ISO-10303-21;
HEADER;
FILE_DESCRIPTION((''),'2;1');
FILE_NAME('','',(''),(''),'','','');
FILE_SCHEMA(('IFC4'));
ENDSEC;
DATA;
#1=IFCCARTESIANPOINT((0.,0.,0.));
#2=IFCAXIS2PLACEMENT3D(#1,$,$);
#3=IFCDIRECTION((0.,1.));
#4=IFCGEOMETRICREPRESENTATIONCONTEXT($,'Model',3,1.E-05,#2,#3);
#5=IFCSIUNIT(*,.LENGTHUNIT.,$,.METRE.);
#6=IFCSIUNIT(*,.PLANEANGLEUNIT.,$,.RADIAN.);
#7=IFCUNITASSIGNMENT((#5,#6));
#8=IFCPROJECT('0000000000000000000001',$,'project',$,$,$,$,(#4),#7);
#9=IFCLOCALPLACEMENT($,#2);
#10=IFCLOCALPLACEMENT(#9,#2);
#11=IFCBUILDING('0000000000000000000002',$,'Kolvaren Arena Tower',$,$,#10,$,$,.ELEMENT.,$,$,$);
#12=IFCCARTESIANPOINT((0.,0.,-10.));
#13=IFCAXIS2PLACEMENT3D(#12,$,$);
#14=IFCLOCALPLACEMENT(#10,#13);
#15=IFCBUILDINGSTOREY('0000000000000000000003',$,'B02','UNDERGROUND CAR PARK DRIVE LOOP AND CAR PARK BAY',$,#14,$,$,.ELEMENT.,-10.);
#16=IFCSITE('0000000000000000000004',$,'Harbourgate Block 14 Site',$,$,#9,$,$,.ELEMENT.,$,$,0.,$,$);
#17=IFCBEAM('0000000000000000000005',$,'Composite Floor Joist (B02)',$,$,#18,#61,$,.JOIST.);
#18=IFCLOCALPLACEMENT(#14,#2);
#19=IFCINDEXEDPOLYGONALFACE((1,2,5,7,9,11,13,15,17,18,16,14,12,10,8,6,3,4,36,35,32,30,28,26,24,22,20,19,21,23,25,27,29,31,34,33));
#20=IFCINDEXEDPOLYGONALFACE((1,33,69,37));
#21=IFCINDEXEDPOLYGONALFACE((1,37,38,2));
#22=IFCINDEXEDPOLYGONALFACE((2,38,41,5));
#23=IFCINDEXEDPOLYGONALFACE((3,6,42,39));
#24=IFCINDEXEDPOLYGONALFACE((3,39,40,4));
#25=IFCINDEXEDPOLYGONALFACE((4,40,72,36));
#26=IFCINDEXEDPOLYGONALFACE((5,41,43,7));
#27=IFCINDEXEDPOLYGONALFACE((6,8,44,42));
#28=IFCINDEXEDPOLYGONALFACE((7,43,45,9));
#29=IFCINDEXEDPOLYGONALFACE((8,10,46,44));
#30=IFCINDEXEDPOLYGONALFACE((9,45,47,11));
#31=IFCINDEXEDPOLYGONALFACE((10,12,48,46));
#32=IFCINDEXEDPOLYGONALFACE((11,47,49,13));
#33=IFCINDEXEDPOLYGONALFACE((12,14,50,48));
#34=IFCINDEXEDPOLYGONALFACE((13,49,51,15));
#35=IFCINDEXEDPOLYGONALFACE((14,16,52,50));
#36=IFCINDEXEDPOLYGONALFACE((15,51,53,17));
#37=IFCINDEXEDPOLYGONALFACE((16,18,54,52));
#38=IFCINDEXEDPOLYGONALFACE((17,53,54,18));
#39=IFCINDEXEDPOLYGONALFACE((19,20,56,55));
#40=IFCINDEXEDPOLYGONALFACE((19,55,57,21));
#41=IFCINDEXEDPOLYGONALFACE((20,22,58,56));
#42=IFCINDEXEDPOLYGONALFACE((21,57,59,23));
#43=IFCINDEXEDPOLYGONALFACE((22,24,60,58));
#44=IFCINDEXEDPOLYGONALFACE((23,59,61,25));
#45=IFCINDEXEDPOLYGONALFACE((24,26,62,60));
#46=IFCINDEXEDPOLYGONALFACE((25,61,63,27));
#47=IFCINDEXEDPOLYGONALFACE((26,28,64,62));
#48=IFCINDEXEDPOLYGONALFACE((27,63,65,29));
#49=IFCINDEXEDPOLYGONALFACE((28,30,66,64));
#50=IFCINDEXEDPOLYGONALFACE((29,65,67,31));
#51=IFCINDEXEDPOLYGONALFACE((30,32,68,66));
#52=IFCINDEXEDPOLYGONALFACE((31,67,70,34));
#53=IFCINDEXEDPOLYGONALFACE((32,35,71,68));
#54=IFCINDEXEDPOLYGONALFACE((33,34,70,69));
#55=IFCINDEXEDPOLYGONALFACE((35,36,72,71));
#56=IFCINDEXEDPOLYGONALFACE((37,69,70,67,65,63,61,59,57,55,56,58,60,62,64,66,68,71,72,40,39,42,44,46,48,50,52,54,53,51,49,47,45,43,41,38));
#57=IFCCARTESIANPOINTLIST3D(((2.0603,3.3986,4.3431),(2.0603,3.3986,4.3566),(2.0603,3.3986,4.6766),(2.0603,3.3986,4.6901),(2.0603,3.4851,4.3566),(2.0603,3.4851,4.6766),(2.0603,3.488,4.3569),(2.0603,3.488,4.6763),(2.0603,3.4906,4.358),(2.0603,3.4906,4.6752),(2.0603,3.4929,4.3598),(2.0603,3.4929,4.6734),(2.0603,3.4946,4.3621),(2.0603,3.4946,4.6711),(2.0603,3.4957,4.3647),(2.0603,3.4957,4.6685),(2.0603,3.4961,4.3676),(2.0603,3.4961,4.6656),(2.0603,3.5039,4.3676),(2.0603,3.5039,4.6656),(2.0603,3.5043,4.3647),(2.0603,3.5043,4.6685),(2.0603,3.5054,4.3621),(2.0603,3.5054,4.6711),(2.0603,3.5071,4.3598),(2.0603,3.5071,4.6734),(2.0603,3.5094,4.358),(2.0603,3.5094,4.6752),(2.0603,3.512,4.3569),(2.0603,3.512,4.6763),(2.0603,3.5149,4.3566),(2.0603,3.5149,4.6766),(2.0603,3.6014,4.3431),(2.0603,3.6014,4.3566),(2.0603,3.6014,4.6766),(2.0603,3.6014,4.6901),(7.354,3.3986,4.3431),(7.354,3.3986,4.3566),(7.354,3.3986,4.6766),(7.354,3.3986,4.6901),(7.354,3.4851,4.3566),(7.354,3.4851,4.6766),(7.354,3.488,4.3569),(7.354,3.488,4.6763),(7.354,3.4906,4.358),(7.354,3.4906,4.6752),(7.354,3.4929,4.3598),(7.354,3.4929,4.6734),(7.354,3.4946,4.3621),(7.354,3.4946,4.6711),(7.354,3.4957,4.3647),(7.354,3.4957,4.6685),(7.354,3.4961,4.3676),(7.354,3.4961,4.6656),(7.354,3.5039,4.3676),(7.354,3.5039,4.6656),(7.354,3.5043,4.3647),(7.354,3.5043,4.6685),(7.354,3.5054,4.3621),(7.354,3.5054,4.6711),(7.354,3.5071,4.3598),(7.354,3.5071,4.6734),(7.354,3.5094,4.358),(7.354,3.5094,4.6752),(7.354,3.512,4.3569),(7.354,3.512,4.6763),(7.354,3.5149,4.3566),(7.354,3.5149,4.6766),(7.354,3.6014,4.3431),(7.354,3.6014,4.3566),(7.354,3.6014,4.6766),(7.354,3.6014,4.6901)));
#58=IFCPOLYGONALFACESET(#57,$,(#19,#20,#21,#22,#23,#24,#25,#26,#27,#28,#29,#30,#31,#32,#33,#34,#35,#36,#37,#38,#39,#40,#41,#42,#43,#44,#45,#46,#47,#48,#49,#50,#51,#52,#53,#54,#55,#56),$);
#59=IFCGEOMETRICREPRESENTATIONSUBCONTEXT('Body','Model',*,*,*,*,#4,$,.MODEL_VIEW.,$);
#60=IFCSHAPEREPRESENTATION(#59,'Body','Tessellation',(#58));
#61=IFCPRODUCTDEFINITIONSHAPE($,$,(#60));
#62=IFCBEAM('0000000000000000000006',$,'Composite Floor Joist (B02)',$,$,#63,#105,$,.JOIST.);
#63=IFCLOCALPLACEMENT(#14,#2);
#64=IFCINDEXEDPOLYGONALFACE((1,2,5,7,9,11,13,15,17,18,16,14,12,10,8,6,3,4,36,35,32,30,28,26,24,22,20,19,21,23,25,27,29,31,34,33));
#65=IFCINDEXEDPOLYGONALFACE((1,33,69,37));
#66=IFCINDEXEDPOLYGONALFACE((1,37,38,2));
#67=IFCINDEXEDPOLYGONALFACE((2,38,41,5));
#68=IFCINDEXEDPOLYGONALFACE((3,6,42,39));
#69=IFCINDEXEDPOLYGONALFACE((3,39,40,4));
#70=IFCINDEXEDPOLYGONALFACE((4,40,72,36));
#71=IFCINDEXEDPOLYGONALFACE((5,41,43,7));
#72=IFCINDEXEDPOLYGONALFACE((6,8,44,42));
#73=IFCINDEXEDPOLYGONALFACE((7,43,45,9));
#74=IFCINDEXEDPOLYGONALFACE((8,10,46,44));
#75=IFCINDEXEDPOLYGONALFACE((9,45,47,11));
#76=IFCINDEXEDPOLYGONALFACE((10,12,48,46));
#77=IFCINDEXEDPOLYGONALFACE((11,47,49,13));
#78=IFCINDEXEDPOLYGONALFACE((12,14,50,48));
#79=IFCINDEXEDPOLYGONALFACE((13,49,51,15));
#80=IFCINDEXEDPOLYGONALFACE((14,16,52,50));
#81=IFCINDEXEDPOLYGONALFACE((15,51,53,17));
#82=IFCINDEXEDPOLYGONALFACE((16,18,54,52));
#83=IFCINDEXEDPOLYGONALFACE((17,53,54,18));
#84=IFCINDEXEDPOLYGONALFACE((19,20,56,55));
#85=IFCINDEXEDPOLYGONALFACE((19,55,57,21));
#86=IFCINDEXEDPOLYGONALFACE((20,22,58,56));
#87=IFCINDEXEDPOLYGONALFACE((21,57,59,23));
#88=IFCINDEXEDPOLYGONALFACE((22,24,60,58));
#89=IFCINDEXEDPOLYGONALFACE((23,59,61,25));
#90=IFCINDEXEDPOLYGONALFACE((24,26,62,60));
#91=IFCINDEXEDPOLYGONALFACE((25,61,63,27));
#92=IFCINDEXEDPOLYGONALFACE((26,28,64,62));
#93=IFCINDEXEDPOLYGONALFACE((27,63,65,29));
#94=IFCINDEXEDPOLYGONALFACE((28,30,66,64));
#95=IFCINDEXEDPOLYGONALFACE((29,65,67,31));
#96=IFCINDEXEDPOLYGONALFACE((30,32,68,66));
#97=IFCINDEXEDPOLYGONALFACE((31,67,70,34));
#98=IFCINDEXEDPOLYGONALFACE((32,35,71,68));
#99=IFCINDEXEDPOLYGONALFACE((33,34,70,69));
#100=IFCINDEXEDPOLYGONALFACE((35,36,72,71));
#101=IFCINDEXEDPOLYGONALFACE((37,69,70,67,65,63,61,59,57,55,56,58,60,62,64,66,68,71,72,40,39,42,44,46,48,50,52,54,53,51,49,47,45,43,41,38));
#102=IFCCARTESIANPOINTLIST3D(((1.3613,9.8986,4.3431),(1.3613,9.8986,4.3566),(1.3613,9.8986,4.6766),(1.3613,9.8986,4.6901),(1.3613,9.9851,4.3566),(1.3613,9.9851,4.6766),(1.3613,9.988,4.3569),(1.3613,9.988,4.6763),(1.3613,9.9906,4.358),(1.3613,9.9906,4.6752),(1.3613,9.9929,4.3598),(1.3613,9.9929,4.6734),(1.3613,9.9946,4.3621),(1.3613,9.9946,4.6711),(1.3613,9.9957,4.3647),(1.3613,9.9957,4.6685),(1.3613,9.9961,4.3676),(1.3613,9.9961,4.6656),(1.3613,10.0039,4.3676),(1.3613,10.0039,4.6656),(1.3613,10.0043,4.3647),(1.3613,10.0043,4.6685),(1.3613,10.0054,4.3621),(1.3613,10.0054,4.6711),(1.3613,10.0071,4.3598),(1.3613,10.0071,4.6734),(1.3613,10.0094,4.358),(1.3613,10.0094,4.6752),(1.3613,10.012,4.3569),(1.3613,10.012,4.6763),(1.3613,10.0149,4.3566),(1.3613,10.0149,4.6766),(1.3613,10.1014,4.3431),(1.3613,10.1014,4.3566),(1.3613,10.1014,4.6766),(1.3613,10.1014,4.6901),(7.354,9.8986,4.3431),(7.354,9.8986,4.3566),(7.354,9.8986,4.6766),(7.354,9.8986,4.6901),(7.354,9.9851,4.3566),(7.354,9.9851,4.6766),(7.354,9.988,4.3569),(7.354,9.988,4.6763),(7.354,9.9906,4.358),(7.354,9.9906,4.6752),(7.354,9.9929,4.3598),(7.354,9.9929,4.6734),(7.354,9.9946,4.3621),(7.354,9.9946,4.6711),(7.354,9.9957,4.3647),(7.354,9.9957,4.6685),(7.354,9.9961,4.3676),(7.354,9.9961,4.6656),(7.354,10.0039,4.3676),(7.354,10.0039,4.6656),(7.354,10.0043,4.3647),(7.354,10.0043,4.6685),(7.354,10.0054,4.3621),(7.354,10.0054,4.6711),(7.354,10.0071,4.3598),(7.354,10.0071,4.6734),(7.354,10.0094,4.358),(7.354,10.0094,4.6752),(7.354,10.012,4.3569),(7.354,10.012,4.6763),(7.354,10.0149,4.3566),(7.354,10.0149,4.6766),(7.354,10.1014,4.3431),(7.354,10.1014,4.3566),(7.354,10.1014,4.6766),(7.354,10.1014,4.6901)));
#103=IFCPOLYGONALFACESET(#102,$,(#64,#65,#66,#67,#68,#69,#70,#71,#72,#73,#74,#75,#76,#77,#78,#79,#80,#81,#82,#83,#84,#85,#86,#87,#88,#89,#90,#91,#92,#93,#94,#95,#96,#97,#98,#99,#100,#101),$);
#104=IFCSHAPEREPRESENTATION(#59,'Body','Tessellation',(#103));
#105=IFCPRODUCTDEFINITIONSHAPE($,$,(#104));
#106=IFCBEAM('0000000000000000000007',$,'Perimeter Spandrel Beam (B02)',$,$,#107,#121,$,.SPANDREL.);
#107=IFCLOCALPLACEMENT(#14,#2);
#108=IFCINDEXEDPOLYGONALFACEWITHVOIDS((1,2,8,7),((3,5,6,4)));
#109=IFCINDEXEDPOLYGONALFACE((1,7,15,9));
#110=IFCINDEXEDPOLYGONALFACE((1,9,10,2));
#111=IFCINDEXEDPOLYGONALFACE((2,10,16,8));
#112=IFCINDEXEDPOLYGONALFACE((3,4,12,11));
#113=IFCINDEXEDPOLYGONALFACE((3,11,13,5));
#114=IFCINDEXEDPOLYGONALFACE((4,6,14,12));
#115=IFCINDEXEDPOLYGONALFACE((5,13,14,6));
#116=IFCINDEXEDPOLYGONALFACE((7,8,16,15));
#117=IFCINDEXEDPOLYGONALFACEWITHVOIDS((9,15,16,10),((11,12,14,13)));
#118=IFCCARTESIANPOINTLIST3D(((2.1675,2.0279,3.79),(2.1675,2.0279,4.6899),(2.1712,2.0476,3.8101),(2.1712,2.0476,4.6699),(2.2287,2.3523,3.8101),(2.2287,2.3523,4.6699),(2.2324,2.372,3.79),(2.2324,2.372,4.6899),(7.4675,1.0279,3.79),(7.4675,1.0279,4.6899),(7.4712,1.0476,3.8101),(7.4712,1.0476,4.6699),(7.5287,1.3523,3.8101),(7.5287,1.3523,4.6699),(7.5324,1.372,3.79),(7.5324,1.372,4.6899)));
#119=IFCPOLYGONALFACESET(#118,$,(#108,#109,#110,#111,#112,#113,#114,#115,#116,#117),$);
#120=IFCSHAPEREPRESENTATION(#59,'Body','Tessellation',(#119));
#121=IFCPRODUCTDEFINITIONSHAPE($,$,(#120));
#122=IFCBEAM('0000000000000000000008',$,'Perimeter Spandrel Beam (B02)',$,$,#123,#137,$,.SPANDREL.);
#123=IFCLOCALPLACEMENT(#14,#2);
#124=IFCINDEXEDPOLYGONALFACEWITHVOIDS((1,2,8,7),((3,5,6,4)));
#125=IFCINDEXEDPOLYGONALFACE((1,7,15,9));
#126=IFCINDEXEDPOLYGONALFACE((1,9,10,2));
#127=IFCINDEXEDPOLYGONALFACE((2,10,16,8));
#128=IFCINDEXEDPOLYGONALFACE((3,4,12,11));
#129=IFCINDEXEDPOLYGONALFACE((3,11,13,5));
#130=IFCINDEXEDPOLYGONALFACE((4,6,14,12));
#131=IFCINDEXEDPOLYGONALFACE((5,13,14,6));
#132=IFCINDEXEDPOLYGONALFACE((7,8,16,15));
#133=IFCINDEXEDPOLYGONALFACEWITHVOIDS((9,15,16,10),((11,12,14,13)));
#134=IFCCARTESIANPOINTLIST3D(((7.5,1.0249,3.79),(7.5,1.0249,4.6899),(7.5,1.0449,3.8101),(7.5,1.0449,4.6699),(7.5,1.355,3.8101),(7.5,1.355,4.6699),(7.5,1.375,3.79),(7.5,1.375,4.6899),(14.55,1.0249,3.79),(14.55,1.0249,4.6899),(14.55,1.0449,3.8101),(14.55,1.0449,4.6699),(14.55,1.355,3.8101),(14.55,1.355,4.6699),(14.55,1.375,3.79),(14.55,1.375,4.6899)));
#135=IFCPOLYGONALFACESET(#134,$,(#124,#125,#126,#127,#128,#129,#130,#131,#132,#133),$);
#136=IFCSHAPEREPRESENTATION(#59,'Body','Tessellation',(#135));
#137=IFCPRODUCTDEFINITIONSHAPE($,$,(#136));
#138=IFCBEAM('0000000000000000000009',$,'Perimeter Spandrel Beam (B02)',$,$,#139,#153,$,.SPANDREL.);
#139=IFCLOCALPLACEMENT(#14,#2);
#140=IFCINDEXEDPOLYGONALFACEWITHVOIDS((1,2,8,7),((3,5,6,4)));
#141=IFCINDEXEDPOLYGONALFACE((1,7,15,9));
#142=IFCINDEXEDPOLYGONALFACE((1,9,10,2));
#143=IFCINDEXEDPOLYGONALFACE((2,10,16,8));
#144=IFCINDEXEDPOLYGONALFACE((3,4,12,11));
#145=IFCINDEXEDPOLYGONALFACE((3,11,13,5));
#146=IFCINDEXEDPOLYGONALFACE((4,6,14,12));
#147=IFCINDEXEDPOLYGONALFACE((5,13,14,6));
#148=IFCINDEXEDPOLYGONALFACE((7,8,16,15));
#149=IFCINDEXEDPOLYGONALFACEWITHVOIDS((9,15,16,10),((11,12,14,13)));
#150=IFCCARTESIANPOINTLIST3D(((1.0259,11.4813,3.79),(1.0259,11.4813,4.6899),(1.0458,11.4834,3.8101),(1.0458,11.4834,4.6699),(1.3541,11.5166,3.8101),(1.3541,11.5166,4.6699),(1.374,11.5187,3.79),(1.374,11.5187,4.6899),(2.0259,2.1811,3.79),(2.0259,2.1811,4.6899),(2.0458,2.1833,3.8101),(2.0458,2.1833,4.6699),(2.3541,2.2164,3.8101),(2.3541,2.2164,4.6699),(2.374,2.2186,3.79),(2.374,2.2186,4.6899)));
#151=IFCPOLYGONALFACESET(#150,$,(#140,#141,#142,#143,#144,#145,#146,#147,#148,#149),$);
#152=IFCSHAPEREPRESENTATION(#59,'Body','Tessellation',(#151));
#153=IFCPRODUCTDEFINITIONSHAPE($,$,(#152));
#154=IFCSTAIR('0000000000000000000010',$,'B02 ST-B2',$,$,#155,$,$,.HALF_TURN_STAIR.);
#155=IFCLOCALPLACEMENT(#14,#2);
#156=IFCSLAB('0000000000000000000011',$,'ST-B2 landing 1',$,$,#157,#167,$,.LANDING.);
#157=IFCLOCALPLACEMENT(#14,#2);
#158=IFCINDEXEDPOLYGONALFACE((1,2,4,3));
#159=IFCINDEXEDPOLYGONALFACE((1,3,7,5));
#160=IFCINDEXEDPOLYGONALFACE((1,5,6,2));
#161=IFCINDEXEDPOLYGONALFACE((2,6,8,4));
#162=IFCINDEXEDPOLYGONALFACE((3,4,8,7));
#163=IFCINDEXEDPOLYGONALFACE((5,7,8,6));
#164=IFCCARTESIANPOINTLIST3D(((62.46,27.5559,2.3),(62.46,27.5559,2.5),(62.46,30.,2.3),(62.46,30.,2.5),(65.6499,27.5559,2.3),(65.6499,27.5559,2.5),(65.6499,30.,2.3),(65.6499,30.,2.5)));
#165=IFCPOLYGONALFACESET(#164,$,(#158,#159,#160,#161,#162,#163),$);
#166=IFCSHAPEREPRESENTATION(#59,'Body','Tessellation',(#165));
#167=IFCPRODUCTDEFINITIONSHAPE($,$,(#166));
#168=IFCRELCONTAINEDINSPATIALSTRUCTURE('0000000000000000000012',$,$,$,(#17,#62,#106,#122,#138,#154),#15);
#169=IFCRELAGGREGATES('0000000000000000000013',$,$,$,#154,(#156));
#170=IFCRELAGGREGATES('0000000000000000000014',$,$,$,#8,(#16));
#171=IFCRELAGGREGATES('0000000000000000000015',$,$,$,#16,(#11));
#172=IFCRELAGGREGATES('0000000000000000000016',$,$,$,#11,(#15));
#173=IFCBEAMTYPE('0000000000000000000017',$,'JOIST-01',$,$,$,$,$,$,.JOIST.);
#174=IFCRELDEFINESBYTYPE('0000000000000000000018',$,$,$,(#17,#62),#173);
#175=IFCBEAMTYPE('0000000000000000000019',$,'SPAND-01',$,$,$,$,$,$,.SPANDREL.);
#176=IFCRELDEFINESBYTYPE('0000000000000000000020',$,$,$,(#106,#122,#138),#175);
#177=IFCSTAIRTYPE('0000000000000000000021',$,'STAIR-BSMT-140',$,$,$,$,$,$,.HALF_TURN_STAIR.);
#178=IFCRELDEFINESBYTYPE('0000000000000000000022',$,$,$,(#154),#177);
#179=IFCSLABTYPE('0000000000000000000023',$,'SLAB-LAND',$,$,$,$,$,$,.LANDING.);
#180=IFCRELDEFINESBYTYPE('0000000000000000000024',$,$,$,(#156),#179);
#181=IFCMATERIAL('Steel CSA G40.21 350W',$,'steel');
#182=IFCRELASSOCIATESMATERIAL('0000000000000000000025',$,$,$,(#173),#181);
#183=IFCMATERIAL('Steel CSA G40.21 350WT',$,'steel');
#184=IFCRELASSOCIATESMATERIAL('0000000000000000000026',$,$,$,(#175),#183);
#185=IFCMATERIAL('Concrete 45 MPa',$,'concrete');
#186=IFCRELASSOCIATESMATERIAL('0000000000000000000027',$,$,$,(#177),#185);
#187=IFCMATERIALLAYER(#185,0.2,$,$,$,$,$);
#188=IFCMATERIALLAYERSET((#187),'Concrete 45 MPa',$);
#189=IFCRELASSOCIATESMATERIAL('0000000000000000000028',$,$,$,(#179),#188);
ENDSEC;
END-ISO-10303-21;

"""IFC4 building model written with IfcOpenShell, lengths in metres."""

from ifc_helpers import new_model, si_unit, direction, frame, origin, origin_2d, place, context, subcontext, project, spatial, polyline, hollow_rectangle, i_section, outline, extrude, material, layer, layer_set, material_profile, profile_set, type_object, element, aggregate, save


model = new_model("IFC4")

# Units and contexts
model_context = context("Model", 3, precision=1e-05, world=origin(), true_north=direction((0.0, 1.0)))
body_context = subcontext(model_context, "Body", "Model", "MODEL_VIEW")
ifc_project = project(units=[si_unit("LENGTHUNIT", "METRE"), si_unit("PLANEANGLEUNIT", "RADIAN")], contexts=[model_context])

# Site, building, storey
site_placement = place(None, origin())
site = spatial("IfcSite", under=ifc_project, at=site_placement, Name="Harbourgate Block 14 Site", CompositionType="ELEMENT", RefElevation=0.0)
building_placement = place(site_placement, origin())
building = spatial("IfcBuilding", under=site, at=building_placement, Name="Kolvaren Arena Tower", CompositionType="ELEMENT")
storey_placement = place(building_placement, frame((0.0, 0.0, -10.0)))
storey = spatial("IfcBuildingStorey", under=building, at=storey_placement, Name="B02", Description="UNDERGROUND CAR PARK DRIVE LOOP AND CAR PARK BAY", CompositionType="ELEMENT", Elevation=-10.0)

# Beams
ifc_material_1 = material(Name="Steel CSA G40.21 350W", Category="steel")
ifc_material_profile_1 = material_profile(ifc_material_1, i_section(OverallWidth=0.2029, OverallDepth=0.3469, WebThickness=0.0078, FlangeThickness=0.0134, FilletRadius=0.011, at=origin_2d()), Name="W360x64")
ifc_profile_set_1 = profile_set([ifc_material_profile_1], Name="Steel CSA G40.21 350W")
beam_type_1 = type_object("IfcBeamType", Name="JOIST-01", PredefinedType="JOIST", material=ifc_profile_set_1)
beam_1_placement = place(storey_placement, frame((2.0603, 3.5, 4.5166), z_axis=(1.0, 0.0, 0.0), x_axis=(0.0, 1.0, 0.0)))
element("IfcBeam", 1, at=beam_1_placement, inside=storey, type_object=beam_type_1, Name="Composite Floor Joist (B02)", PredefinedType="JOIST", context=body_context, shape_type="SweptSolid", body=[
    extrude(i_section(OverallWidth=0.2029, OverallDepth=0.3469, WebThickness=0.0078, FlangeThickness=0.0134, FilletRadius=0.011, at=origin_2d()), origin(), (0.0, 0.0, 1.0), 5.2937),
])
beam_2_placement = place(storey_placement, frame((1.3613, 10.0, 4.5166), z_axis=(1.0, 0.0, 0.0), x_axis=(0.0, 1.0, 0.0)))
element("IfcBeam", 2, at=beam_2_placement, inside=storey, type_object=beam_type_1, Name="Composite Floor Joist (B02)", PredefinedType="JOIST", context=body_context, shape_type="SweptSolid", body=[
    extrude(i_section(OverallWidth=0.2029, OverallDepth=0.3469, WebThickness=0.0078, FlangeThickness=0.0134, FilletRadius=0.011, at=origin_2d()), origin(), (0.0, 0.0, 1.0), 5.9927),
])
ifc_material_2 = material(Name="Steel CSA G40.21 350WT", Category="steel")
ifc_material_profile_2 = material_profile(ifc_material_2, hollow_rectangle(XDim=0.3501, YDim=0.8999, WallThickness=0.02, at=origin_2d()), Name="HSS 900x350x20")
ifc_profile_set_2 = profile_set([ifc_material_profile_2], Name="Steel CSA G40.21 350WT")
beam_type_2 = type_object("IfcBeamType", Name="SPAND-01", PredefinedType="SPANDREL", material=ifc_profile_set_2)
beam_3_placement = place(storey_placement, frame((2.2, 2.2, 4.24), z_axis=(0.982662, -0.185406, 0.0), x_axis=(0.185406, 0.982662, 0.0)))
element("IfcBeam", 3, at=beam_3_placement, inside=storey, type_object=beam_type_2, Name="Perimeter Spandrel Beam (B02)", PredefinedType="SPANDREL", context=body_context, shape_type="SweptSolid", body=[
    extrude(hollow_rectangle(XDim=0.3501, YDim=0.8999, WallThickness=0.02, at=origin_2d()), origin(), (0.0, 0.0, 1.0), 5.3936),
])
beam_4_placement = place(storey_placement, frame((7.5, 1.2, 4.24), z_axis=(1.0, 0.0, 0.0), x_axis=(0.0, 1.0, 0.0)))
element("IfcBeam", 4, at=beam_4_placement, inside=storey, type_object=beam_type_2, Name="Perimeter Spandrel Beam (B02)", PredefinedType="SPANDREL", context=body_context, shape_type="SweptSolid", body=[
    extrude(hollow_rectangle(XDim=0.3501, YDim=0.8999, WallThickness=0.02, at=origin_2d()), origin(), (0.0, 0.0, 1.0), 7.05),
])
beam_5_placement = place(storey_placement, frame((1.2, 11.5, 4.24), z_axis=(0.10691, -0.994269, 0.0), x_axis=(0.994269, 0.10691, 0.0)))
element("IfcBeam", 5, at=beam_5_placement, inside=storey, type_object=beam_type_2, Name="Perimeter Spandrel Beam (B02)", PredefinedType="SPANDREL", context=body_context, shape_type="SweptSolid", body=[
    extrude(hollow_rectangle(XDim=0.3501, YDim=0.8999, WallThickness=0.02, at=origin_2d()), origin(), (0.0, 0.0, 1.0), 9.3538),
])

# Stair, slab
ifc_material_3 = material(Name="Concrete 45 MPa", Category="concrete")
stair_type = type_object("IfcStairType", Name="STAIR-BSMT-140", PredefinedType="HALF_TURN_STAIR", material=ifc_material_3)
stair_placement = place(storey_placement, origin())
stair = element("IfcStair", 6, at=stair_placement, inside=storey, type_object=stair_type, Name="B02 ST-B2", PredefinedType="HALF_TURN_STAIR")
ifc_layer_1 = layer(ifc_material_3, 0.2)
ifc_layer_set_1 = layer_set([ifc_layer_1], Name="Concrete 45 MPa")
slab_type = type_object("IfcSlabType", Name="SLAB-LAND", PredefinedType="LANDING", material=ifc_layer_set_1)
slab_placement = place(storey_placement, frame((0.0, 0.0, 2.3)))
slab = element("IfcSlab", 7, at=slab_placement, type_object=slab_type, Name="ST-B2 landing 1", PredefinedType="LANDING", context=body_context, shape_type="SweptSolid", body=[
    extrude(outline(polyline([(65.6499, 27.5559), (65.6499, 30.0), (62.46, 30.0), (62.46, 27.5559), (65.6499, 27.5559)])), origin(), (0.0, 0.0, 1.0), 0.2),
])
aggregate(stair, [slab])

save(model, "model.ifc")
